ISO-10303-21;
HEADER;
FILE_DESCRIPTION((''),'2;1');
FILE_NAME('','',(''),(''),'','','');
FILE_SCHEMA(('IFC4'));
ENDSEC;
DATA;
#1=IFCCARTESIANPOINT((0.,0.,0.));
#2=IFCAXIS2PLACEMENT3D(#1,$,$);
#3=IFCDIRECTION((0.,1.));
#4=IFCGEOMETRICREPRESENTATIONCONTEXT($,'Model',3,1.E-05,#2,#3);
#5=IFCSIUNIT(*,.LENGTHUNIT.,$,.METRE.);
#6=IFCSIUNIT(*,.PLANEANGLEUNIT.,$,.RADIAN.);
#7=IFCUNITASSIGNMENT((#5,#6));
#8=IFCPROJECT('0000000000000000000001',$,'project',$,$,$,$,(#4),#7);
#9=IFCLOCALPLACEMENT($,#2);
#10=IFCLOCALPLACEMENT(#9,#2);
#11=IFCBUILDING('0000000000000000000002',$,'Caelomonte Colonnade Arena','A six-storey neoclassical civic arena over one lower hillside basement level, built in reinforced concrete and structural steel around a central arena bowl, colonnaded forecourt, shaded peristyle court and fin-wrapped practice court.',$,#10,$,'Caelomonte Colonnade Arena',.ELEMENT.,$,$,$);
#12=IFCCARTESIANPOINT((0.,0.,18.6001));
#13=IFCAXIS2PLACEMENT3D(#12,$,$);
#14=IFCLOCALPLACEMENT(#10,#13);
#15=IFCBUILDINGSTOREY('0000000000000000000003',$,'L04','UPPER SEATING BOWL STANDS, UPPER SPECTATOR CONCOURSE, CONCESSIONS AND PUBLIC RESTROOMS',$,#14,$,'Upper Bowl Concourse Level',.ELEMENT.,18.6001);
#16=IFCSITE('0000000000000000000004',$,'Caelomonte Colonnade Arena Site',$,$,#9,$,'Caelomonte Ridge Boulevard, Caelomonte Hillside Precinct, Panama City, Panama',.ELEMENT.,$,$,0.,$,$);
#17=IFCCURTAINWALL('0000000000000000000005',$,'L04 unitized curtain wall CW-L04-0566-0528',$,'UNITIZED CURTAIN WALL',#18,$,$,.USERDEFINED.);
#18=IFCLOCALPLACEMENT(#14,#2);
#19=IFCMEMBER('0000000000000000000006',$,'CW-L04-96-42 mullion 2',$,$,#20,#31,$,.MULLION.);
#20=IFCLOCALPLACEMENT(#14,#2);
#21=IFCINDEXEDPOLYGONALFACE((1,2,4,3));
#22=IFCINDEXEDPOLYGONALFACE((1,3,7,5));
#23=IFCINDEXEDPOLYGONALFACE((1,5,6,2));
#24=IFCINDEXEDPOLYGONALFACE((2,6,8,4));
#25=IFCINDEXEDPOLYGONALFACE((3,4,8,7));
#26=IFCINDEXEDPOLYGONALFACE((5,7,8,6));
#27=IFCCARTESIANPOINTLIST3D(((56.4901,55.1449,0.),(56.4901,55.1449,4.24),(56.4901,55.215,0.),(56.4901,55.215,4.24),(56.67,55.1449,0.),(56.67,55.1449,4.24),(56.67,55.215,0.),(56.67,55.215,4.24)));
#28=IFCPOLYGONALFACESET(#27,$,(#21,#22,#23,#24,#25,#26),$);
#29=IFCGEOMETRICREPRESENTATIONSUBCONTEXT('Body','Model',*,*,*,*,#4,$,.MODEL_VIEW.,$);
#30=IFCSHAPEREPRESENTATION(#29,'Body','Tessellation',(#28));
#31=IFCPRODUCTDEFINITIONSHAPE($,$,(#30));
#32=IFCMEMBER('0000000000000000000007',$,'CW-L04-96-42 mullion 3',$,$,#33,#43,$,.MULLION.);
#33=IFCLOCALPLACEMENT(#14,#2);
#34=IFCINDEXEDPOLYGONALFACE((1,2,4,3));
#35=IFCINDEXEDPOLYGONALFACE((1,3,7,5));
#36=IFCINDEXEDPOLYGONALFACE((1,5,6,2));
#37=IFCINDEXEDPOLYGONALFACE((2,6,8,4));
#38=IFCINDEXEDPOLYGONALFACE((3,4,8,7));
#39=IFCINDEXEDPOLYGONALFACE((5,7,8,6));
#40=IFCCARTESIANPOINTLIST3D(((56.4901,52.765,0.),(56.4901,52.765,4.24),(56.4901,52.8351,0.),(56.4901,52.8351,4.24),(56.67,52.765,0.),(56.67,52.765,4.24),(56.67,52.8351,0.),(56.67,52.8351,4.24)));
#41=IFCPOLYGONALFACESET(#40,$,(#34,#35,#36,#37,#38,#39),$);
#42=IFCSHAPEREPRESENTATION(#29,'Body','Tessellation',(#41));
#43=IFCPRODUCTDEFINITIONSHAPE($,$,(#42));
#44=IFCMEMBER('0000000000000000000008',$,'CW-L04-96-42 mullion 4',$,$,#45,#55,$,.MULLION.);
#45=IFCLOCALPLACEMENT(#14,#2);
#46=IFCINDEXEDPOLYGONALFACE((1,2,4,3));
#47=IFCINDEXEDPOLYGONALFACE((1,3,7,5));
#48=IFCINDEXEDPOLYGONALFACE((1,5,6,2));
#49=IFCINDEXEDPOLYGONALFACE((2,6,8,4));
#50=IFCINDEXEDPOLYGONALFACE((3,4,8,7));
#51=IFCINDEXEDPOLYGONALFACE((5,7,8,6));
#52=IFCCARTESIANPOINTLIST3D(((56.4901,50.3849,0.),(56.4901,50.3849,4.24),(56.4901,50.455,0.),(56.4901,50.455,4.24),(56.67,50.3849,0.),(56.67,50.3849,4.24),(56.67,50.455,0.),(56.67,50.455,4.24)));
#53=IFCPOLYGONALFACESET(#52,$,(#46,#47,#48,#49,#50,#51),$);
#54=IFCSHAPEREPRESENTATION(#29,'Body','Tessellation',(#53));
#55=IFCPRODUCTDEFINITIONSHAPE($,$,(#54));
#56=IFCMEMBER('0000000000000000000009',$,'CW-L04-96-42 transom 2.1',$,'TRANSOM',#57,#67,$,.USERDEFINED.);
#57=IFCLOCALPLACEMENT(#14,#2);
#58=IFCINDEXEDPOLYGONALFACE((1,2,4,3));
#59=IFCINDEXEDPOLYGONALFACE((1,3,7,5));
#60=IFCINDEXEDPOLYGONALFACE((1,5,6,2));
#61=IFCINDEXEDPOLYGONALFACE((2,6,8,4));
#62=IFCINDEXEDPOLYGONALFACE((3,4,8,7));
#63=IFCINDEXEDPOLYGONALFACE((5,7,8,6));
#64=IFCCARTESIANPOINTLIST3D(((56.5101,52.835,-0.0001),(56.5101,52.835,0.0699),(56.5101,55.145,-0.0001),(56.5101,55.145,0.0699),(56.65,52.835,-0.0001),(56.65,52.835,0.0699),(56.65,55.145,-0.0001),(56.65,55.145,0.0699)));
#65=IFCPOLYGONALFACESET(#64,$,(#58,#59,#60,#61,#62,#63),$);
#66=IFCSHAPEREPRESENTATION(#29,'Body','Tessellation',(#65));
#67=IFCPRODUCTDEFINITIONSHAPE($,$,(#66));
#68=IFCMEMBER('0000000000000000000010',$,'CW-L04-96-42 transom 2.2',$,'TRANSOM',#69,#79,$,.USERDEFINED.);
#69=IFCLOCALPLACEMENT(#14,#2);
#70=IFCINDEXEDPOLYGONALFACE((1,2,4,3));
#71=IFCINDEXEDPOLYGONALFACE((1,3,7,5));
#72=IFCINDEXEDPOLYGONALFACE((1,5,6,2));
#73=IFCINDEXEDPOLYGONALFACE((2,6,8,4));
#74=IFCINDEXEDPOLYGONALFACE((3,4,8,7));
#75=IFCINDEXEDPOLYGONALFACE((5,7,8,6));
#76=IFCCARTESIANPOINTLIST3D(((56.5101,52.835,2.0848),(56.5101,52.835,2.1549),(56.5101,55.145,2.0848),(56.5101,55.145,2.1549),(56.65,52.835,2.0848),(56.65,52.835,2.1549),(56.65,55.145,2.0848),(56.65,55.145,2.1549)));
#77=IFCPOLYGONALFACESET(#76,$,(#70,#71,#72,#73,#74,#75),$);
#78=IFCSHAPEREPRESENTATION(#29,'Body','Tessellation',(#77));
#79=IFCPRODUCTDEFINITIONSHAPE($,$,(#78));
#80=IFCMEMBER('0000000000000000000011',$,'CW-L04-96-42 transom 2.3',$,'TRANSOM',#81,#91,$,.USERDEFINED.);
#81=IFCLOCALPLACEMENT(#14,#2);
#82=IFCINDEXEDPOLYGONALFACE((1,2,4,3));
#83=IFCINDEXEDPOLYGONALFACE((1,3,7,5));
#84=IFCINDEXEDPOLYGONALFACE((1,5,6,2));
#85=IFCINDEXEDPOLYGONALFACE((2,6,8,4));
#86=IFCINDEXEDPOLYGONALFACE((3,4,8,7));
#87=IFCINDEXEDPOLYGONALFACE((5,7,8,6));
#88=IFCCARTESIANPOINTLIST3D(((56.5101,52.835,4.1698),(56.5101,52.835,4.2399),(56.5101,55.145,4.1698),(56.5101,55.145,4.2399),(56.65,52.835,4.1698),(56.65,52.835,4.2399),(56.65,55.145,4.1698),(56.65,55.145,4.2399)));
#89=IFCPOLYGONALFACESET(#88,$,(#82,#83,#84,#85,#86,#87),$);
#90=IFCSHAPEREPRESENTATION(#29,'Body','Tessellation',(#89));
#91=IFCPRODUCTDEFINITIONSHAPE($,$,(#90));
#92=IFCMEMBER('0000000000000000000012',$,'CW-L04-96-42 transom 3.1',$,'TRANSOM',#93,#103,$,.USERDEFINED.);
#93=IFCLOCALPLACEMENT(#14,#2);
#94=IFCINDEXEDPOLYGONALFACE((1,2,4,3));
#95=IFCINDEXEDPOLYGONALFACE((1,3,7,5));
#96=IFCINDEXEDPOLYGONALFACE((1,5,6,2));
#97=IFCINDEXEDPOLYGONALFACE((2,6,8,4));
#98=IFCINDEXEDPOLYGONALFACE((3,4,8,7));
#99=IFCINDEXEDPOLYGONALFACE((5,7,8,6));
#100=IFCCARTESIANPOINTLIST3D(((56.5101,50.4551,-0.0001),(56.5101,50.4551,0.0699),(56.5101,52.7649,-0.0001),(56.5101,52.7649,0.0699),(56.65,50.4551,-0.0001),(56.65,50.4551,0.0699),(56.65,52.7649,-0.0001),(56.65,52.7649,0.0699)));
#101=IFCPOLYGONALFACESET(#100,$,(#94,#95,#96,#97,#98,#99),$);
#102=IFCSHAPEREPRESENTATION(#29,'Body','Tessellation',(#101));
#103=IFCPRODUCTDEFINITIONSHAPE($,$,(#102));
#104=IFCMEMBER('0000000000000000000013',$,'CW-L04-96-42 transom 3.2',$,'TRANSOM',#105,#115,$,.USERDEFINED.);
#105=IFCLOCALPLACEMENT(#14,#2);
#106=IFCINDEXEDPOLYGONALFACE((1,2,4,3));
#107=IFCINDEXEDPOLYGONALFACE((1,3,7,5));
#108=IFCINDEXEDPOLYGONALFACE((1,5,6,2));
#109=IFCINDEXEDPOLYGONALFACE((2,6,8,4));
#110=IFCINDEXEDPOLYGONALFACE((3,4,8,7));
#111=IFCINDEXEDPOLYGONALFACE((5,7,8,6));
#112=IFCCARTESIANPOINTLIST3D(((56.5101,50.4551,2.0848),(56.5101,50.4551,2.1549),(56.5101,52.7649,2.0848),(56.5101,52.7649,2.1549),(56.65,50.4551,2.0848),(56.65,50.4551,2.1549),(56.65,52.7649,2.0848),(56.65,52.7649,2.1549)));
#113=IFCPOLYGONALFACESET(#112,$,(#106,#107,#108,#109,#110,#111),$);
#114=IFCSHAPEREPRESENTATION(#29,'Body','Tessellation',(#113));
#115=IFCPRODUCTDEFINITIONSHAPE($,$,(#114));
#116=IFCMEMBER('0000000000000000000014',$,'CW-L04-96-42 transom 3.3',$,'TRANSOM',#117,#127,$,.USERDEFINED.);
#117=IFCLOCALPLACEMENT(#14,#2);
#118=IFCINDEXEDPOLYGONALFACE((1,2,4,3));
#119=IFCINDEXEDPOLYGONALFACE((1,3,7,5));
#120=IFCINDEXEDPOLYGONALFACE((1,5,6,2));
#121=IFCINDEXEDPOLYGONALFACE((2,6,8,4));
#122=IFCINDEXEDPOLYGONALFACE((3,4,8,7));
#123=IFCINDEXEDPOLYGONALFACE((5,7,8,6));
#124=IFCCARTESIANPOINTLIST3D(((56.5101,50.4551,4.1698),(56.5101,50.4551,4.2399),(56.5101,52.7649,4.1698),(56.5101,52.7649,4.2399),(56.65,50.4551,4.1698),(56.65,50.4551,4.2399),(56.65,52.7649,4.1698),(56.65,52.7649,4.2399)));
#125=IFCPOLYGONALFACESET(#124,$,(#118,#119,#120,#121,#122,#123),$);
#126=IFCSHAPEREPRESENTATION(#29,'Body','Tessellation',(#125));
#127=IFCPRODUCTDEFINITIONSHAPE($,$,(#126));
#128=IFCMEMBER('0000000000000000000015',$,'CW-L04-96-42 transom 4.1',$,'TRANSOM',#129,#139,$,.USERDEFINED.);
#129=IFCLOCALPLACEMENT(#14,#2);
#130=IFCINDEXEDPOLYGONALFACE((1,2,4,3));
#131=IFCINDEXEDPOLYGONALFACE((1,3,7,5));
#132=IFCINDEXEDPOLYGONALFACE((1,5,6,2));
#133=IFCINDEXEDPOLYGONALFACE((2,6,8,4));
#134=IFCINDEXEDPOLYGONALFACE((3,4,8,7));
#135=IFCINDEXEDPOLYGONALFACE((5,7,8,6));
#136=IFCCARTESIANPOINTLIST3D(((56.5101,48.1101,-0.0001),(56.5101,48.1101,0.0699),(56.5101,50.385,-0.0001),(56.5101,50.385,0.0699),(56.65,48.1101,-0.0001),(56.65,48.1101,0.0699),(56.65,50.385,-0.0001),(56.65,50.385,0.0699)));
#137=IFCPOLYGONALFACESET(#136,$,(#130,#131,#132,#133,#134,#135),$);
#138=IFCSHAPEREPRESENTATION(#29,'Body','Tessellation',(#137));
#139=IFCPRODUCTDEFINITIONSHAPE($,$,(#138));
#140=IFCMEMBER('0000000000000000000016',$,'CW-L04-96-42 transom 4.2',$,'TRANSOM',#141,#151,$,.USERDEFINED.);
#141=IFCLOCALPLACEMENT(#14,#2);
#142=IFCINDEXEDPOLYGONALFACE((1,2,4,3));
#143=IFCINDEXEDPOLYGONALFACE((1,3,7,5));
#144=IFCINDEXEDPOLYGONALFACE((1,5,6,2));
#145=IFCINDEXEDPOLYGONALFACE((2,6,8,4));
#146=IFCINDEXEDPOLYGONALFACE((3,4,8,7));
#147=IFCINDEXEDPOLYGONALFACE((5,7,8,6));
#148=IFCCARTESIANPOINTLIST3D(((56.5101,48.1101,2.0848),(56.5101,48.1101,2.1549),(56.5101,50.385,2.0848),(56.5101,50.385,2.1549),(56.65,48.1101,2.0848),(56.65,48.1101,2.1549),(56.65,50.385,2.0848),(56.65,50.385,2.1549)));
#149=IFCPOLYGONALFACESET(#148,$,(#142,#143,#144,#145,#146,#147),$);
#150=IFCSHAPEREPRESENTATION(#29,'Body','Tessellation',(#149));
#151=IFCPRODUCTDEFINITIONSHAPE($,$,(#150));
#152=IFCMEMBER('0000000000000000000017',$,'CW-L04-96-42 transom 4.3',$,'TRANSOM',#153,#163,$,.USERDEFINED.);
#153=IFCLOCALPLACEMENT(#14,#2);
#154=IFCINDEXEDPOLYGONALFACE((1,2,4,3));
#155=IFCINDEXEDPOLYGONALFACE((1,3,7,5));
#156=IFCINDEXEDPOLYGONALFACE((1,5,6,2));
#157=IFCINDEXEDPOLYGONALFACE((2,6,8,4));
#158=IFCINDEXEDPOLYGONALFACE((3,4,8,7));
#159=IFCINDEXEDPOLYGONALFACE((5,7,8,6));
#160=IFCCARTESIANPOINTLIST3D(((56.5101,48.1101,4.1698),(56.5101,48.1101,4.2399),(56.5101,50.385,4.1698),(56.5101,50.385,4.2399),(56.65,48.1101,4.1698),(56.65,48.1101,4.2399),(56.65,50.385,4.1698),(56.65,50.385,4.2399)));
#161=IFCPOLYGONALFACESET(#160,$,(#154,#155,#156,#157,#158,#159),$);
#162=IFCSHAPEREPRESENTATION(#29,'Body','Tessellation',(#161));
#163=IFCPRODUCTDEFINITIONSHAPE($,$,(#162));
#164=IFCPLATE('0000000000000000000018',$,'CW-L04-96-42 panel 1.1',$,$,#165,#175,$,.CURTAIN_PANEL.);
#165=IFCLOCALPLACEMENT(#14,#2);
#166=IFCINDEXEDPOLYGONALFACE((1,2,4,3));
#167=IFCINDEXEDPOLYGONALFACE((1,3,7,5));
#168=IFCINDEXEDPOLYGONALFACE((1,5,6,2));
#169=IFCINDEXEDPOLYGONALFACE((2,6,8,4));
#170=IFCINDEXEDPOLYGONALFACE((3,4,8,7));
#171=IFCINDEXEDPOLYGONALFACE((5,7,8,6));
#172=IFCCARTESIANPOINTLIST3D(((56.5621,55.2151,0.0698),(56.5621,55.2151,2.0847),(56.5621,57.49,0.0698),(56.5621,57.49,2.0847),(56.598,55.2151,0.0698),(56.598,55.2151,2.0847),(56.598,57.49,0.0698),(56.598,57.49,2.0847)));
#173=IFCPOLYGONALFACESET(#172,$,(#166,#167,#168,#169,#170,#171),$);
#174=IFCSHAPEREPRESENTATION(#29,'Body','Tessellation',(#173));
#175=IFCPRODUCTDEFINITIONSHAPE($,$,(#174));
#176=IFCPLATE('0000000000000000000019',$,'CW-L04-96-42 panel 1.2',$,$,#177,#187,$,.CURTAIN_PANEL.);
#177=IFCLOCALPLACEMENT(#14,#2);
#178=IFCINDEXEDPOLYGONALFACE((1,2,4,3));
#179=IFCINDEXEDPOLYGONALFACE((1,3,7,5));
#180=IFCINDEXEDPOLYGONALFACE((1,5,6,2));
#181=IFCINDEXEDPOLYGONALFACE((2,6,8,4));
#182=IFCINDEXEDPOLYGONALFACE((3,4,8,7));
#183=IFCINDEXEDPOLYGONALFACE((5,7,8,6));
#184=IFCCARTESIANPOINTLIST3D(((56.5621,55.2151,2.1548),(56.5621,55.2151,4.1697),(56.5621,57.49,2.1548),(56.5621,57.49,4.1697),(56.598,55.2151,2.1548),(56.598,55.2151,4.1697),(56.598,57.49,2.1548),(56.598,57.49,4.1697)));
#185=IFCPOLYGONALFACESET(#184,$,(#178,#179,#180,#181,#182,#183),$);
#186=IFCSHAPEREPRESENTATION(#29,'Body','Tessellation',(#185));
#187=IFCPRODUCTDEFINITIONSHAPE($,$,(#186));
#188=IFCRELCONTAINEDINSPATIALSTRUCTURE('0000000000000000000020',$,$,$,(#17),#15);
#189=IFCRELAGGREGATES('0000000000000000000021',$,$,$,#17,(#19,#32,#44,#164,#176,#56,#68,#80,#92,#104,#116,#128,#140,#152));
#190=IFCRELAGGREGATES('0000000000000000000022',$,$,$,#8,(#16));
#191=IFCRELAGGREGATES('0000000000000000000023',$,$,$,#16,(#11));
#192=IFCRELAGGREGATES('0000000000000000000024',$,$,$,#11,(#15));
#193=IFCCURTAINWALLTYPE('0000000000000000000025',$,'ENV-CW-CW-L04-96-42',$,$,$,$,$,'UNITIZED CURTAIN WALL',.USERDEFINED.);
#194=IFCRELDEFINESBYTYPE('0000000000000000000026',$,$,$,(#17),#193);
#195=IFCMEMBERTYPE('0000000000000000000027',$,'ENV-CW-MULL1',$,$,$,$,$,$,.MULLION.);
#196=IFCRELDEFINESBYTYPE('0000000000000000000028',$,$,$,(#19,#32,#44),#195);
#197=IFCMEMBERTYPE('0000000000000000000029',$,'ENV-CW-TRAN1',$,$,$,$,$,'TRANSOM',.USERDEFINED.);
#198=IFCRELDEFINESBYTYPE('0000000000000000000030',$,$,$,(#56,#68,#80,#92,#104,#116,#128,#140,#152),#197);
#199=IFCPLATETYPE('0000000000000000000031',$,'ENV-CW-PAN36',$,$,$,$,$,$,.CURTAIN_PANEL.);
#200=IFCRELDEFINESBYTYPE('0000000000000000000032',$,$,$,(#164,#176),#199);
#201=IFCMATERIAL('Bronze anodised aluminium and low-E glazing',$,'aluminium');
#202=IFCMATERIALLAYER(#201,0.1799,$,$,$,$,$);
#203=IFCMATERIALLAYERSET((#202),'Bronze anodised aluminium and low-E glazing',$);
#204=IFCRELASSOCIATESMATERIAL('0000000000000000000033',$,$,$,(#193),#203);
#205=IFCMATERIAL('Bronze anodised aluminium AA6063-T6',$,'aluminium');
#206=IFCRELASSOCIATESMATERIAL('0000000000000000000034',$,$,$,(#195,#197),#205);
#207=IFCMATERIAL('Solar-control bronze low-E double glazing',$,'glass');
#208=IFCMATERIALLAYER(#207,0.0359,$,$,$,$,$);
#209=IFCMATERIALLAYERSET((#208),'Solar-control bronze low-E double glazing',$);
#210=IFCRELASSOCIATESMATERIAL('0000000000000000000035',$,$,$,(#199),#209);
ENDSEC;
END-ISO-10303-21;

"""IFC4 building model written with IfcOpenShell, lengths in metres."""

from ifc_helpers import new_model, si_unit, direction, frame, origin, origin_2d, place, context, subcontext, project, spatial, rectangle, extrude, material, layer, layer_set, material_profile, profile_set, type_object, element, aggregate, save


model = new_model("IFC4")

# Units and contexts
model_context = context("Model", 3, precision=1e-05, world=origin(), true_north=direction((0.0, 1.0)))
body_context = subcontext(model_context, "Body", "Model", "MODEL_VIEW")
ifc_project = project(units=[si_unit("LENGTHUNIT", "METRE"), si_unit("PLANEANGLEUNIT", "RADIAN")], contexts=[model_context])

# Site, building, storey
site_placement = place(None, origin())
site = spatial("IfcSite", under=ifc_project, at=site_placement, Name="Caelomonte Colonnade Arena Site", LongName="Caelomonte Ridge Boulevard, Caelomonte Hillside Precinct, Panama City, Panama", CompositionType="ELEMENT", RefElevation=0.0)
building_placement = place(site_placement, origin())
building = spatial("IfcBuilding", under=site, at=building_placement, Name="Caelomonte Colonnade Arena", Description="A six-storey neoclassical civic arena over one lower hillside basement level, built in reinforced concrete and structural steel around a central arena bowl, colonnaded forecourt, shaded peristyle court and fin-wrapped practice court.", LongName="Caelomonte Colonnade Arena", CompositionType="ELEMENT")
storey_placement = place(building_placement, frame((0.0, 0.0, 18.6001)))
storey = spatial("IfcBuildingStorey", under=building, at=storey_placement, Name="L04", Description="UPPER SEATING BOWL STANDS, UPPER SPECTATOR CONCOURSE, CONCESSIONS AND PUBLIC RESTROOMS", LongName="Upper Bowl Concourse Level", CompositionType="ELEMENT", Elevation=18.6001)

# Curtain wall, members, plates
ifc_material_1 = material(Name="Bronze anodised aluminium and low-E glazing", Category="aluminium")
ifc_layer_1 = layer(ifc_material_1, 0.1799)
ifc_layer_set_1 = layer_set([ifc_layer_1], Name="Bronze anodised aluminium and low-E glazing")
curtain_wall_type = type_object("IfcCurtainWallType", Name="ENV-CW-CW-L04-96-42", ElementType="UNITIZED CURTAIN WALL", PredefinedType="USERDEFINED", material=ifc_layer_set_1)
curtain_wall_placement = place(storey_placement, origin())
curtain_wall = element("IfcCurtainWall", 1, at=curtain_wall_placement, inside=storey, type_object=curtain_wall_type, Name="L04 unitized curtain wall CW-L04-0566-0528", ObjectType="UNITIZED CURTAIN WALL", PredefinedType="USERDEFINED")
ifc_material_2 = material(Name="Bronze anodised aluminium AA6063-T6", Category="aluminium")
ifc_material_profile_1 = material_profile(ifc_material_2, rectangle(XDim=0.0701, YDim=0.1799, at=origin_2d()), Name="CWM-70X180")
ifc_profile_set_1 = profile_set([ifc_material_profile_1], Name="Bronze anodised aluminium AA6063-T6")
member_type_1 = type_object("IfcMemberType", Name="ENV-CW-MULL1", PredefinedType="MULLION", material=ifc_profile_set_1)
member_1_placement = place(storey_placement, frame((56.5801, 55.1799, 0.0), z_axis=(0.0, 0.0, 1.0), x_axis=(0.0, -1.0, 0.0)))
member_1 = element("IfcMember", 2, at=member_1_placement, type_object=member_type_1, Name="CW-L04-96-42 mullion 2", PredefinedType="MULLION", context=body_context, shape_type="SweptSolid", body=[
    extrude(rectangle(XDim=0.0701, YDim=0.1799, at=origin_2d()), origin(), (0.0, 0.0, 1.0), 4.24),
])
member_2_placement = place(storey_placement, frame((56.5801, 52.8, 0.0), z_axis=(0.0, 0.0, 1.0), x_axis=(0.0, -1.0, 0.0)))
member_2 = element("IfcMember", 3, at=member_2_placement, type_object=member_type_1, Name="CW-L04-96-42 mullion 3", PredefinedType="MULLION", context=body_context, shape_type="SweptSolid", body=[
    extrude(rectangle(XDim=0.0701, YDim=0.1799, at=origin_2d()), origin(), (0.0, 0.0, 1.0), 4.24),
])
member_3_placement = place(storey_placement, frame((56.5801, 50.4199, 0.0), z_axis=(0.0, 0.0, 1.0), x_axis=(0.0, -1.0, 0.0)))
member_3 = element("IfcMember", 4, at=member_3_placement, type_object=member_type_1, Name="CW-L04-96-42 mullion 4", PredefinedType="MULLION", context=body_context, shape_type="SweptSolid", body=[
    extrude(rectangle(XDim=0.0701, YDim=0.1799, at=origin_2d()), origin(), (0.0, 0.0, 1.0), 4.24),
])
ifc_material_profile_2 = material_profile(ifc_material_2, rectangle(XDim=0.0701, YDim=0.1399, at=origin_2d()), Name="CWT-70X140")
ifc_profile_set_2 = profile_set([ifc_material_profile_2], Name="Bronze anodised aluminium AA6063-T6")
member_type_2 = type_object("IfcMemberType", Name="ENV-CW-TRAN1", ElementType="TRANSOM", PredefinedType="USERDEFINED", material=ifc_profile_set_2)
member_4_placement = place(storey_placement, frame((56.5801, 55.145, 0.0349), z_axis=(0.0, -1.0, 0.0), x_axis=(0.0, 0.0, 1.0)))
member_4 = element("IfcMember", 5, at=member_4_placement, type_object=member_type_2, Name="CW-L04-96-42 transom 2.1", ObjectType="TRANSOM", PredefinedType="USERDEFINED", context=body_context, shape_type="SweptSolid", body=[
    extrude(rectangle(XDim=0.0701, YDim=0.1399, at=origin_2d()), origin(), (0.0, 0.0, 1.0), 2.3101),
])
member_5_placement = place(storey_placement, frame((56.5801, 55.145, 2.1199), z_axis=(0.0, -1.0, 0.0), x_axis=(0.0, 0.0, 1.0)))
member_5 = element("IfcMember", 6, at=member_5_placement, type_object=member_type_2, Name="CW-L04-96-42 transom 2.2", ObjectType="TRANSOM", PredefinedType="USERDEFINED", context=body_context, shape_type="SweptSolid", body=[
    extrude(rectangle(XDim=0.0701, YDim=0.1399, at=origin_2d()), origin(), (0.0, 0.0, 1.0), 2.3101),
])
member_6_placement = place(storey_placement, frame((56.5801, 55.145, 4.2048), z_axis=(0.0, -1.0, 0.0), x_axis=(0.0, 0.0, 1.0)))
member_6 = element("IfcMember", 7, at=member_6_placement, type_object=member_type_2, Name="CW-L04-96-42 transom 2.3", ObjectType="TRANSOM", PredefinedType="USERDEFINED", context=body_context, shape_type="SweptSolid", body=[
    extrude(rectangle(XDim=0.0701, YDim=0.1399, at=origin_2d()), origin(), (0.0, 0.0, 1.0), 2.3101),
])
member_7_placement = place(storey_placement, frame((56.5801, 52.7649, 0.0349), z_axis=(0.0, -1.0, 0.0), x_axis=(0.0, 0.0, 1.0)))
member_7 = element("IfcMember", 8, at=member_7_placement, type_object=member_type_2, Name="CW-L04-96-42 transom 3.1", ObjectType="TRANSOM", PredefinedType="USERDEFINED", context=body_context, shape_type="SweptSolid", body=[
    extrude(rectangle(XDim=0.0701, YDim=0.1399, at=origin_2d()), origin(), (0.0, 0.0, 1.0), 2.3098),
])
member_8_placement = place(storey_placement, frame((56.5801, 52.7649, 2.1199), z_axis=(0.0, -1.0, 0.0), x_axis=(0.0, 0.0, 1.0)))
member_8 = element("IfcMember", 9, at=member_8_placement, type_object=member_type_2, Name="CW-L04-96-42 transom 3.2", ObjectType="TRANSOM", PredefinedType="USERDEFINED", context=body_context, shape_type="SweptSolid", body=[
    extrude(rectangle(XDim=0.0701, YDim=0.1399, at=origin_2d()), origin(), (0.0, 0.0, 1.0), 2.3098),
])
member_9_placement = place(storey_placement, frame((56.5801, 52.7649, 4.2048), z_axis=(0.0, -1.0, 0.0), x_axis=(0.0, 0.0, 1.0)))
member_9 = element("IfcMember", 10, at=member_9_placement, type_object=member_type_2, Name="CW-L04-96-42 transom 3.3", ObjectType="TRANSOM", PredefinedType="USERDEFINED", context=body_context, shape_type="SweptSolid", body=[
    extrude(rectangle(XDim=0.0701, YDim=0.1399, at=origin_2d()), origin(), (0.0, 0.0, 1.0), 2.3098),
])
member_10_placement = place(storey_placement, frame((56.5801, 50.385, 0.0349), z_axis=(0.0, -1.0, 0.0), x_axis=(0.0, 0.0, 1.0)))
member_10 = element("IfcMember", 11, at=member_10_placement, type_object=member_type_2, Name="CW-L04-96-42 transom 4.1", ObjectType="TRANSOM", PredefinedType="USERDEFINED", context=body_context, shape_type="SweptSolid", body=[
    extrude(rectangle(XDim=0.0701, YDim=0.1399, at=origin_2d()), origin(), (0.0, 0.0, 1.0), 2.2749),
])
member_11_placement = place(storey_placement, frame((56.5801, 50.385, 2.1199), z_axis=(0.0, -1.0, 0.0), x_axis=(0.0, 0.0, 1.0)))
member_11 = element("IfcMember", 12, at=member_11_placement, type_object=member_type_2, Name="CW-L04-96-42 transom 4.2", ObjectType="TRANSOM", PredefinedType="USERDEFINED", context=body_context, shape_type="SweptSolid", body=[
    extrude(rectangle(XDim=0.0701, YDim=0.1399, at=origin_2d()), origin(), (0.0, 0.0, 1.0), 2.2749),
])
member_12_placement = place(storey_placement, frame((56.5801, 50.385, 4.2048), z_axis=(0.0, -1.0, 0.0), x_axis=(0.0, 0.0, 1.0)))
member_12 = element("IfcMember", 13, at=member_12_placement, type_object=member_type_2, Name="CW-L04-96-42 transom 4.3", ObjectType="TRANSOM", PredefinedType="USERDEFINED", context=body_context, shape_type="SweptSolid", body=[
    extrude(rectangle(XDim=0.0701, YDim=0.1399, at=origin_2d()), origin(), (0.0, 0.0, 1.0), 2.2749),
])
ifc_material_3 = material(Name="Solar-control bronze low-E double glazing", Category="glass")
ifc_layer_2 = layer(ifc_material_3, 0.0359)
ifc_layer_set_2 = layer_set([ifc_layer_2], Name="Solar-control bronze low-E double glazing")
plate_type = type_object("IfcPlateType", Name="ENV-CW-PAN36", PredefinedType="CURTAIN_PANEL", material=ifc_layer_set_2)
plate_1_placement = place(storey_placement, frame((56.5801, 56.3525, 0.0698), z_axis=(0.0, 0.0, 1.0), x_axis=(0.0, -1.0, 0.0)))
plate_1 = element("IfcPlate", 14, at=plate_1_placement, type_object=plate_type, Name="CW-L04-96-42 panel 1.1", PredefinedType="CURTAIN_PANEL", context=body_context, shape_type="SweptSolid", body=[
    extrude(rectangle(XDim=2.2749, YDim=0.0359, at=origin_2d()), origin(), (0.0, 0.0, 1.0), 2.0149),
])
plate_2_placement = place(storey_placement, frame((56.5801, 56.3525, 2.1548), z_axis=(0.0, 0.0, 1.0), x_axis=(0.0, -1.0, 0.0)))
plate_2 = element("IfcPlate", 15, at=plate_2_placement, type_object=plate_type, Name="CW-L04-96-42 panel 1.2", PredefinedType="CURTAIN_PANEL", context=body_context, shape_type="SweptSolid", body=[
    extrude(rectangle(XDim=2.2749, YDim=0.0359, at=origin_2d()), origin(), (0.0, 0.0, 1.0), 2.0149),
])
aggregate(curtain_wall, [member_1, member_2, member_3, plate_1, plate_2, member_4, member_5, member_6, member_7, member_8, member_9, member_10, member_11, member_12])

save(model, "model.ifc")
